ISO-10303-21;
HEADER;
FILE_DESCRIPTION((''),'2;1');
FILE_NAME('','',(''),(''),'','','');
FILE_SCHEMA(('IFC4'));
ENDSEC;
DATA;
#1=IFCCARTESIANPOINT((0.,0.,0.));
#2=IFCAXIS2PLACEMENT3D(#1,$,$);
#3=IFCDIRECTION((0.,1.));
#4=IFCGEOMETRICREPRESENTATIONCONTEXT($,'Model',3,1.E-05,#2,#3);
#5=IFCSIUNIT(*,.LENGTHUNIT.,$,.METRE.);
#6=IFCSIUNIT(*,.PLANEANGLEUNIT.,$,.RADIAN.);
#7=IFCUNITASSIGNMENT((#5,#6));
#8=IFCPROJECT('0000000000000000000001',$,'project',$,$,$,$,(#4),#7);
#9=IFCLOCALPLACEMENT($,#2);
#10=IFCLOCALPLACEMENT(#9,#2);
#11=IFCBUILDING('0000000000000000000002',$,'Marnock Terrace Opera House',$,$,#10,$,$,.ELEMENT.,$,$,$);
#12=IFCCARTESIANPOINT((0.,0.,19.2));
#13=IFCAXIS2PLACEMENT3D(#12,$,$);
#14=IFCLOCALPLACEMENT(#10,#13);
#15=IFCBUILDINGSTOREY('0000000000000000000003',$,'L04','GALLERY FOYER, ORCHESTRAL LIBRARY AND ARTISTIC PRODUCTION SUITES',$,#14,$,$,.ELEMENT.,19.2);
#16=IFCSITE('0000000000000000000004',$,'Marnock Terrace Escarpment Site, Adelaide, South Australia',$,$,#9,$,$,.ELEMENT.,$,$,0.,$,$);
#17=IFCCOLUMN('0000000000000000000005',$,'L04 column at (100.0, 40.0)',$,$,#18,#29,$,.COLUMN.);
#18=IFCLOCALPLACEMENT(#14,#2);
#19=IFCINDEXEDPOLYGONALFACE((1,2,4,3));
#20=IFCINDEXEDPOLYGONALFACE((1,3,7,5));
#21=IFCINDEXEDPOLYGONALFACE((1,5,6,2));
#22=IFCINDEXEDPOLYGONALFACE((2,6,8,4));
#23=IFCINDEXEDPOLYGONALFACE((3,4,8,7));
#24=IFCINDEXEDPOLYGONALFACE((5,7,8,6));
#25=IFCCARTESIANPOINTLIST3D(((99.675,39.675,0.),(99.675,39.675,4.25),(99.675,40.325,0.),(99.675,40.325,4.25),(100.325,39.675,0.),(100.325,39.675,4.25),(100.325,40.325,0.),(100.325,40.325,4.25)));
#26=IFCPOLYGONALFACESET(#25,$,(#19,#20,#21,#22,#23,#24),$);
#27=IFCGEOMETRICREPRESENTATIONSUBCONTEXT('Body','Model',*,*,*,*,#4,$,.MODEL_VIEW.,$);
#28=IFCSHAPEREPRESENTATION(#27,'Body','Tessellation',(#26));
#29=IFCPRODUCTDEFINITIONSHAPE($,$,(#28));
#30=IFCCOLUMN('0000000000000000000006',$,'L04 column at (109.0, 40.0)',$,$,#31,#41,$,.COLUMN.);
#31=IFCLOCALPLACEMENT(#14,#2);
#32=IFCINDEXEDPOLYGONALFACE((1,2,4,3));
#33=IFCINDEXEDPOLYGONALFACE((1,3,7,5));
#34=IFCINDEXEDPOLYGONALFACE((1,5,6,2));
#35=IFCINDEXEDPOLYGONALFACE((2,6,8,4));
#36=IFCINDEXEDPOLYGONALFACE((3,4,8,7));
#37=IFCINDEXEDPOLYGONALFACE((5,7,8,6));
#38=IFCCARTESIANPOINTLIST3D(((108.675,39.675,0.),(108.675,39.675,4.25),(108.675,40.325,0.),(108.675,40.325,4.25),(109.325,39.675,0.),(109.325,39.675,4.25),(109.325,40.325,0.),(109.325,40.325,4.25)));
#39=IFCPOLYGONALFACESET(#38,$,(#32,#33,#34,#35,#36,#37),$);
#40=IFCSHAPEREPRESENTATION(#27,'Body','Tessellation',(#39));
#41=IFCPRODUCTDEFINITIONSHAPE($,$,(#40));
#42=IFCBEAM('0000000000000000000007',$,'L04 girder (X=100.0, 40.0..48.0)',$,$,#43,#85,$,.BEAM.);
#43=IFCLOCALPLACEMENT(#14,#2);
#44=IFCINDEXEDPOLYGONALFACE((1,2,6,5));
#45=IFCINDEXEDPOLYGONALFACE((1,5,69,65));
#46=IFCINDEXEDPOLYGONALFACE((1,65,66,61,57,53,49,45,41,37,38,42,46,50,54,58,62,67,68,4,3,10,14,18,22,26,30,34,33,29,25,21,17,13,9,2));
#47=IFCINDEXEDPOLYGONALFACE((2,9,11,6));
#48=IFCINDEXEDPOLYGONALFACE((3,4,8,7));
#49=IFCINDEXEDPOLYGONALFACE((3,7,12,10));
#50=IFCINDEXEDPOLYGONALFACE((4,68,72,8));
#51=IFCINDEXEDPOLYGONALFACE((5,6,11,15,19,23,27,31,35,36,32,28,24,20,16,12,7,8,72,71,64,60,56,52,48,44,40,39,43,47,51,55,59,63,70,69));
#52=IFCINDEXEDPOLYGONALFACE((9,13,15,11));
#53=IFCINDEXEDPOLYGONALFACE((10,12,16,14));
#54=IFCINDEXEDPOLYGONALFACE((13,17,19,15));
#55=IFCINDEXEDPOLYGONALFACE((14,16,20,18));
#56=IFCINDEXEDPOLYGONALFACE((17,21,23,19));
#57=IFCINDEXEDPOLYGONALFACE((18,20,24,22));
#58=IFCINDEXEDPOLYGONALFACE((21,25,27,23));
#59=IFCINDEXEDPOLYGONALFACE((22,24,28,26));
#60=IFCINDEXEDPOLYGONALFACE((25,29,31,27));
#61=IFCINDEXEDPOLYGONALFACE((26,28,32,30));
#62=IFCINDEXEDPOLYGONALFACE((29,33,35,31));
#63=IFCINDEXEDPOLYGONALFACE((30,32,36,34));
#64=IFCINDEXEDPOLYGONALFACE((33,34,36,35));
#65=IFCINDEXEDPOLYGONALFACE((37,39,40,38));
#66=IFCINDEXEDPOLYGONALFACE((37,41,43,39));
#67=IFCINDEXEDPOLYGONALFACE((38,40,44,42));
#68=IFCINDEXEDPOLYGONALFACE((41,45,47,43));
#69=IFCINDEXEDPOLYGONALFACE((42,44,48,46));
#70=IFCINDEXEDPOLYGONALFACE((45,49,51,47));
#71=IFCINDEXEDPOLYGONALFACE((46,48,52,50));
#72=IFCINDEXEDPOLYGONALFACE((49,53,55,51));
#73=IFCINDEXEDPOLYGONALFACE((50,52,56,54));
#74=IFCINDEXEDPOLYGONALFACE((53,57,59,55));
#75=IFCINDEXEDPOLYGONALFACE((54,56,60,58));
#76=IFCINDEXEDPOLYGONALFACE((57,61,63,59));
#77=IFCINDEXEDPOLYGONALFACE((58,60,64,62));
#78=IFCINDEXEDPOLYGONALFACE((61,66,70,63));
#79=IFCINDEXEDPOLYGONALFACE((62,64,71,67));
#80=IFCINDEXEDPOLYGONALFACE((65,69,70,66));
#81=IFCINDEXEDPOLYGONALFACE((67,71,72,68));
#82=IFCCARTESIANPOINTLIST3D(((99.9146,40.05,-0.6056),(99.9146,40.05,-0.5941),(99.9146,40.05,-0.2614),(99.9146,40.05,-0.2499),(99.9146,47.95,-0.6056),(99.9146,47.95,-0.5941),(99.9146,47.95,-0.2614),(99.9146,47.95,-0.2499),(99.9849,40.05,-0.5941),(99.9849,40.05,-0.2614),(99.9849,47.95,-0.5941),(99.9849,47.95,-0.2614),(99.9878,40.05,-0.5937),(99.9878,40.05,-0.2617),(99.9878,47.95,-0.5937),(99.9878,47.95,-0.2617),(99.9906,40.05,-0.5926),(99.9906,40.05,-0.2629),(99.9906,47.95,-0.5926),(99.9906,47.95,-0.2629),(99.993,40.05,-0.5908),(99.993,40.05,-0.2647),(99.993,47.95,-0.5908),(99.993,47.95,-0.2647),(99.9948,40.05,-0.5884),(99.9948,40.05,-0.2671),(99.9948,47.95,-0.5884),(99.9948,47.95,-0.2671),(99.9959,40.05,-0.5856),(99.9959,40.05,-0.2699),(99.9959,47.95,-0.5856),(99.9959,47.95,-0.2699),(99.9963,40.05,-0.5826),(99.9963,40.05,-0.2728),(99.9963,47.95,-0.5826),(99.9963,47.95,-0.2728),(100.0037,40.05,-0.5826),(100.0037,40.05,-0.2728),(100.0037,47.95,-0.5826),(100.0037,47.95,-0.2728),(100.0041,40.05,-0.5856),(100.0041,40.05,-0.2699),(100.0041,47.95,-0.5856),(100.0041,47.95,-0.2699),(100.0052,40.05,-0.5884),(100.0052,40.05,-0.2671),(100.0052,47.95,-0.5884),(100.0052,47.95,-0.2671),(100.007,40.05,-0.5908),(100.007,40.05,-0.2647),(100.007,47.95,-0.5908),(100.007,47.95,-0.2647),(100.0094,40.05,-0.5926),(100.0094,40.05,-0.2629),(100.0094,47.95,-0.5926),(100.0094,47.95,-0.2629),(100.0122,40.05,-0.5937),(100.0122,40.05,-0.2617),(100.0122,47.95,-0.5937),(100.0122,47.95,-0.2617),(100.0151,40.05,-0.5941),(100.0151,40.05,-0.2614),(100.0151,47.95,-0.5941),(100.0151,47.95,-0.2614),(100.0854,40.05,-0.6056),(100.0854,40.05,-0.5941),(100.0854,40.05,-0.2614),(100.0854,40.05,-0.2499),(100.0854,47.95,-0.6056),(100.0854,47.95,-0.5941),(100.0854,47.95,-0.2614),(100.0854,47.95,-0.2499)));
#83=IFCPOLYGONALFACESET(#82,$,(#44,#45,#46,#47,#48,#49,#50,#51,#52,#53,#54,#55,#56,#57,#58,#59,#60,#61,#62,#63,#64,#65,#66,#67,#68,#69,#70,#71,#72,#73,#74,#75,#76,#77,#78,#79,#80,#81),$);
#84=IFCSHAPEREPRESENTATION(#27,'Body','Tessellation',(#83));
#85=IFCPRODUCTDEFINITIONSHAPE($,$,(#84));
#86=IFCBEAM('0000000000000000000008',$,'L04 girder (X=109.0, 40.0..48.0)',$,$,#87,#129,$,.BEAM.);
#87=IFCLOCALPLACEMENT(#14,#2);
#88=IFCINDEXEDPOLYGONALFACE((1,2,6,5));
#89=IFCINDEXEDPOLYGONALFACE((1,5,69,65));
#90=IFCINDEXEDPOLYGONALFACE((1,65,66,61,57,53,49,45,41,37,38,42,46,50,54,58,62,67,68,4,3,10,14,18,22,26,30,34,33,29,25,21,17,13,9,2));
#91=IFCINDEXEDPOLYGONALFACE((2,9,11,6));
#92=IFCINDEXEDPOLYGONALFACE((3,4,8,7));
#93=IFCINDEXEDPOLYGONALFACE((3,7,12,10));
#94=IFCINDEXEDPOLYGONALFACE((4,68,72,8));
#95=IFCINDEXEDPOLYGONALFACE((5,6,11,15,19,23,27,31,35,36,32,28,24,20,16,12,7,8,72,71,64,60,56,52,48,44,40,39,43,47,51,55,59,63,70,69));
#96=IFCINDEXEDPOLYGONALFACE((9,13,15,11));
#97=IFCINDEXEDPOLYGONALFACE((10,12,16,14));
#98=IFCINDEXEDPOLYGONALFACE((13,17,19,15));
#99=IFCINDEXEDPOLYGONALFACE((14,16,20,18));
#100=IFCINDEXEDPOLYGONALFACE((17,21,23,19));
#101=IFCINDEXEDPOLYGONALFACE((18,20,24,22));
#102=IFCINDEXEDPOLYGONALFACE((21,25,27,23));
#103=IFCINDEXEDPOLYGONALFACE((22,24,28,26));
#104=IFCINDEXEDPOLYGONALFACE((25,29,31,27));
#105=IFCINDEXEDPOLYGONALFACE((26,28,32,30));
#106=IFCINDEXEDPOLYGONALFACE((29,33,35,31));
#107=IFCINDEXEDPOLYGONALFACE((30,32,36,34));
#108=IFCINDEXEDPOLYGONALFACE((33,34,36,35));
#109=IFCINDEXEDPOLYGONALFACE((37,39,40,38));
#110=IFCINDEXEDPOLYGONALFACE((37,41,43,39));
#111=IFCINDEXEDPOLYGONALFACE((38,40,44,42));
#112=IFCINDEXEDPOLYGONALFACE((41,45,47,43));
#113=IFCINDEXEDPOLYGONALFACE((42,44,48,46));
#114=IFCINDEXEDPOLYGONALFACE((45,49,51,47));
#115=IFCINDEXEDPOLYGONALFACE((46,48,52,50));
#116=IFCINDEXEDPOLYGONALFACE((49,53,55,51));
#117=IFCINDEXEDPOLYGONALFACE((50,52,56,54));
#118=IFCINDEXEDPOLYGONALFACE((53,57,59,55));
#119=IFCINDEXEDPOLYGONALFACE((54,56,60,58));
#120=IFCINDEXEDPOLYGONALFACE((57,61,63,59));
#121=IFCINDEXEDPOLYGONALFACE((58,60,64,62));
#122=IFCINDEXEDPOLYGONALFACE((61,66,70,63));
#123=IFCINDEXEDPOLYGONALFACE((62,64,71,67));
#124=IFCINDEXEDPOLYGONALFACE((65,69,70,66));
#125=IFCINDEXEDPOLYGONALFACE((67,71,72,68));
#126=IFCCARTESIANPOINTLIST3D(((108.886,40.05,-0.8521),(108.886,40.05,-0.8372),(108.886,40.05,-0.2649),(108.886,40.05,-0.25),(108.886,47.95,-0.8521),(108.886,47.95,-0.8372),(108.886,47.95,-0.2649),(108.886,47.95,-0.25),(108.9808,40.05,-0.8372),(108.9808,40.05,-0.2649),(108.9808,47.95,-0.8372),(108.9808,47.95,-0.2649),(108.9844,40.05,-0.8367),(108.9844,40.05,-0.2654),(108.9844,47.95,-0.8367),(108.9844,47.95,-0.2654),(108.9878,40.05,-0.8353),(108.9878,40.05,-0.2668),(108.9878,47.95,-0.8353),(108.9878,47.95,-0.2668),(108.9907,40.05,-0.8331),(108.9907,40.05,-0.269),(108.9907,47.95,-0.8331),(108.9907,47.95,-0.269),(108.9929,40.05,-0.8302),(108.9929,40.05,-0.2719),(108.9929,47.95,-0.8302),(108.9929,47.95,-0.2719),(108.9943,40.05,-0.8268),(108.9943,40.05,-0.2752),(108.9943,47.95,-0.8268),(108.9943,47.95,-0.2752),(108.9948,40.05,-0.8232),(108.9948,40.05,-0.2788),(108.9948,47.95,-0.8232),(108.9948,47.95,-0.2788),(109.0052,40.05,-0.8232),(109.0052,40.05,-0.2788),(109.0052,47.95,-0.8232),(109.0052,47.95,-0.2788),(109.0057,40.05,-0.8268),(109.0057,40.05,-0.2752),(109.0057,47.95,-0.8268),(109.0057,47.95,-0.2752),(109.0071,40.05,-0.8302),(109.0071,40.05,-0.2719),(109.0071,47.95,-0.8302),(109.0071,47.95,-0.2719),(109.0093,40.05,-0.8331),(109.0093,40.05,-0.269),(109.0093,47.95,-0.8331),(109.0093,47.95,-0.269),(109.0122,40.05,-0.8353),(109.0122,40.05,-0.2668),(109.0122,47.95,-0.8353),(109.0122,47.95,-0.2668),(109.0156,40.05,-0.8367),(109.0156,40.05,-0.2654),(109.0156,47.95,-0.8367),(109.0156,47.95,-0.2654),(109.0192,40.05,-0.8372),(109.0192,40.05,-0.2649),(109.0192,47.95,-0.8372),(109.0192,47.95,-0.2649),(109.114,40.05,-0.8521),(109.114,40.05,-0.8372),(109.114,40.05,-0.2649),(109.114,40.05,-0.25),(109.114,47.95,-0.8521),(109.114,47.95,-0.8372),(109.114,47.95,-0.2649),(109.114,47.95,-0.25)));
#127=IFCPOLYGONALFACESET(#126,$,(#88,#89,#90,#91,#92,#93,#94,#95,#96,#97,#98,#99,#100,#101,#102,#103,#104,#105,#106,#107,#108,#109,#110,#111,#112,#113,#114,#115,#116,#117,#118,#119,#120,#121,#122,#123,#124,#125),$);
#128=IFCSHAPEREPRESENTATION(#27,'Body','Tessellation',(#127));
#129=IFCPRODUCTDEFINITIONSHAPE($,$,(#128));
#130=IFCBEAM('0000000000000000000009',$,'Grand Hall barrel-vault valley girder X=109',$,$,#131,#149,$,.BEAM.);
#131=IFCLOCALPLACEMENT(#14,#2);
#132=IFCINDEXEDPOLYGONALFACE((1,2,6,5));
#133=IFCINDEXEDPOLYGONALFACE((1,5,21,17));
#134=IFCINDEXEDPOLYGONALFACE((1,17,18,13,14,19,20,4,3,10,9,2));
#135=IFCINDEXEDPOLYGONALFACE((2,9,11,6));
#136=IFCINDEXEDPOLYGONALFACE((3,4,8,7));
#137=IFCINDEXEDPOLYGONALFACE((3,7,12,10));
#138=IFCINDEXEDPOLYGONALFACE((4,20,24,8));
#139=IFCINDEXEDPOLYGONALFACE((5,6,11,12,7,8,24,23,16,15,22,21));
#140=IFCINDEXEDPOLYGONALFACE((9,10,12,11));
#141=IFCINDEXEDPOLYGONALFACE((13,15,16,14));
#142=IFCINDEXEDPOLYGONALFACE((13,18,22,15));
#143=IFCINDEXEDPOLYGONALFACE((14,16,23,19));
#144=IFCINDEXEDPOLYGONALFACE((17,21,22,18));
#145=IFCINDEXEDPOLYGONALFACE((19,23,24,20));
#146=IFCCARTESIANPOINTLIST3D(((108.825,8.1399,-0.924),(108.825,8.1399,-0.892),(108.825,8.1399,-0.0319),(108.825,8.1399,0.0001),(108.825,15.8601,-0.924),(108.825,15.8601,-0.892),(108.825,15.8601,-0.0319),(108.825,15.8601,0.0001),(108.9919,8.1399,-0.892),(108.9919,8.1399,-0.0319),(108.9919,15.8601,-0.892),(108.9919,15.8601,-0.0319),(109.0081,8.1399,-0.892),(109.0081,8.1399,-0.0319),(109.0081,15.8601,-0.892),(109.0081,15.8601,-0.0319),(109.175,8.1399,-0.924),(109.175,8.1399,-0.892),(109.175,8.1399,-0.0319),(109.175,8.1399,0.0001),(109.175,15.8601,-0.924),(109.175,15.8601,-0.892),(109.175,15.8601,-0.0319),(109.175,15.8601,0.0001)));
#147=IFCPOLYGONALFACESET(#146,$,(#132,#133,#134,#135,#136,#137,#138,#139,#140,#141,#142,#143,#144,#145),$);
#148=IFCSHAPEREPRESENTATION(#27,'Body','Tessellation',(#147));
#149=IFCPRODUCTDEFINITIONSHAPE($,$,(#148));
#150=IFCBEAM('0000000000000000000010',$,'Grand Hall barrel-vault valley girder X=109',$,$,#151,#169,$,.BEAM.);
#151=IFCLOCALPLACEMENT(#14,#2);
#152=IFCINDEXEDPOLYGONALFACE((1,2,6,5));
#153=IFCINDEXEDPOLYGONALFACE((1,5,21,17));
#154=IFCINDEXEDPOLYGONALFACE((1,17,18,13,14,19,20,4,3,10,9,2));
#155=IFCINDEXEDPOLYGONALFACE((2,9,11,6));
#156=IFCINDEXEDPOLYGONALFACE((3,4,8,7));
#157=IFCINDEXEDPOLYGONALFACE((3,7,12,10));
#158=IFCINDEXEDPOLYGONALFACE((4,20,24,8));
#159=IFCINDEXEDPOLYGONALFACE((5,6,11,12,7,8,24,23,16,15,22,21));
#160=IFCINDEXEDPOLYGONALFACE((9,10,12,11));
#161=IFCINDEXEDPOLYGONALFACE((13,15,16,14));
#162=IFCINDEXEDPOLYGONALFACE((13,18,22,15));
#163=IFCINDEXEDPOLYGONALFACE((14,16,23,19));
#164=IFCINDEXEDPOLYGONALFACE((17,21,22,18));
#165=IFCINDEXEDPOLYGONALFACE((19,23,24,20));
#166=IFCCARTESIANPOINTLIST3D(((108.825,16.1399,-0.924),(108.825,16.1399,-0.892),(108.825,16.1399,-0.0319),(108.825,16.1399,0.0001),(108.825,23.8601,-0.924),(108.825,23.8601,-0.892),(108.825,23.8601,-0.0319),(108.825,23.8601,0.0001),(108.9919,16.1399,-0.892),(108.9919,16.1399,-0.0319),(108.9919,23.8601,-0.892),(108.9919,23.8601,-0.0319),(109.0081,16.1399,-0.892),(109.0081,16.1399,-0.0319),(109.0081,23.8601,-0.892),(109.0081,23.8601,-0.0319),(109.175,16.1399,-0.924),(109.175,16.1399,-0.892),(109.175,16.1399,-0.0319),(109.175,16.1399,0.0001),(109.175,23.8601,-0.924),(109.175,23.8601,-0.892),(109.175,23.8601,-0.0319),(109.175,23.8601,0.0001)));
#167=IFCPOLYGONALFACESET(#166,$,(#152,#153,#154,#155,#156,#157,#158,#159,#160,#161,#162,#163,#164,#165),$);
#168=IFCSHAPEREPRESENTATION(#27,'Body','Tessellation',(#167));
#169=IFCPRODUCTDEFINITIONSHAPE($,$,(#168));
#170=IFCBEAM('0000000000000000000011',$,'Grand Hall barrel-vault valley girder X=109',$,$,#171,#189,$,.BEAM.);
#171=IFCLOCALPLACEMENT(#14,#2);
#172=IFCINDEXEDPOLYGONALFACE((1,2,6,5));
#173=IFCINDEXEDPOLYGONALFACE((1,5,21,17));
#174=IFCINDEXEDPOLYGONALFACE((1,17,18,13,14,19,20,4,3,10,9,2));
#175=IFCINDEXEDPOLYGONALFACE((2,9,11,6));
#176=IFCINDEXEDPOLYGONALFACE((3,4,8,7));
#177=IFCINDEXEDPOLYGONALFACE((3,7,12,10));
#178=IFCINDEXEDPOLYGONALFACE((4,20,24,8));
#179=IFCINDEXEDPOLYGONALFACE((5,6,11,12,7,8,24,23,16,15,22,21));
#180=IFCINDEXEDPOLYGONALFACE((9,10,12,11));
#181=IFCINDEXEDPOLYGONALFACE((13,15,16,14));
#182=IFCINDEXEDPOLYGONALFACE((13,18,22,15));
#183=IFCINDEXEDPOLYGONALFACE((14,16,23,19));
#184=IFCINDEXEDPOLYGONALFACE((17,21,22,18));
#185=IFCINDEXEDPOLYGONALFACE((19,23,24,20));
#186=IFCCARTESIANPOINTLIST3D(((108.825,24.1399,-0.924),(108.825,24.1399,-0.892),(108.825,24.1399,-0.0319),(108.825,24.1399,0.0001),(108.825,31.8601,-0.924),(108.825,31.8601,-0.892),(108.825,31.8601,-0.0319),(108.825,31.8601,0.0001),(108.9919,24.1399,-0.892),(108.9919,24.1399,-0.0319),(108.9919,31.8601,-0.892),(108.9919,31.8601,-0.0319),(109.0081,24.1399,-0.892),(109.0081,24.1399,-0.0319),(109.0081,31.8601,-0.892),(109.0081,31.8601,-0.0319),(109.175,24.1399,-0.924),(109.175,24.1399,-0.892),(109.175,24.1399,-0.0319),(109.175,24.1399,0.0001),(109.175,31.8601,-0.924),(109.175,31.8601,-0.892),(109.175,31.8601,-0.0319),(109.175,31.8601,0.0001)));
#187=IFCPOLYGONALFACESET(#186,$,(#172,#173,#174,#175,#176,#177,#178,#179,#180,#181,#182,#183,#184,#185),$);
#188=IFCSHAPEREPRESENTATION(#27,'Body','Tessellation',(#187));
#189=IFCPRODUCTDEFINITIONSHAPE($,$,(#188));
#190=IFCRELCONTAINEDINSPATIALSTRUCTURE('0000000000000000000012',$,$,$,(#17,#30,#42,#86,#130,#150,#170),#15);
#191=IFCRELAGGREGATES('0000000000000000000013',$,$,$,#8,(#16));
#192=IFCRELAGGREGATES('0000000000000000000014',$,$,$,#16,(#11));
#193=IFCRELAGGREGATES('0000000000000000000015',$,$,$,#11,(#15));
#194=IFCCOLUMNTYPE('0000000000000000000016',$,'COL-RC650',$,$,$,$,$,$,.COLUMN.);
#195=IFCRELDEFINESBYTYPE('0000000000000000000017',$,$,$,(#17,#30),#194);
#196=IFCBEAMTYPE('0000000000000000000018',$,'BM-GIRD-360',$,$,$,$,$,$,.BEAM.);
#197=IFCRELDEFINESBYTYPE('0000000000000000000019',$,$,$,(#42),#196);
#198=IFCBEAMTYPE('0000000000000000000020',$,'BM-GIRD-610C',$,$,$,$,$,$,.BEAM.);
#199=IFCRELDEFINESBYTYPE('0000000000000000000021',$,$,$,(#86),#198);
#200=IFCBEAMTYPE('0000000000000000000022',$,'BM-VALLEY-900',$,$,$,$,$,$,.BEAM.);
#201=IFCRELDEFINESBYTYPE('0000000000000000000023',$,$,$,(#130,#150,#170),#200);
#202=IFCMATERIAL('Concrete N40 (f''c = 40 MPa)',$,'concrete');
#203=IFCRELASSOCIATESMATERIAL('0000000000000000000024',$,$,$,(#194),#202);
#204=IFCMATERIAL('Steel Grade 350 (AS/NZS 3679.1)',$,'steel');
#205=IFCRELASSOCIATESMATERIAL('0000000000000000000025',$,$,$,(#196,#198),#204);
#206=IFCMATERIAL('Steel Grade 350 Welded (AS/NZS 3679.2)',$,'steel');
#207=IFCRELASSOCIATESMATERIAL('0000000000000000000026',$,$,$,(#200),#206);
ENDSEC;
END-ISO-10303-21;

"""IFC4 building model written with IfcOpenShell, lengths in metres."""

from ifc_helpers import new_model, si_unit, direction, frame, origin, origin_2d, place, context, subcontext, project, spatial, rectangle, i_section, extrude, material, material_profile, profile_set, type_object, element, save


model = new_model("IFC4")

# Units and contexts
model_context = context("Model", 3, precision=1e-05, world=origin(), true_north=direction((0.0, 1.0)))
body_context = subcontext(model_context, "Body", "Model", "MODEL_VIEW")
ifc_project = project(units=[si_unit("LENGTHUNIT", "METRE"), si_unit("PLANEANGLEUNIT", "RADIAN")], contexts=[model_context])

# Site, building, storey
site_placement = place(None, origin())
site = spatial("IfcSite", under=ifc_project, at=site_placement, Name="Marnock Terrace Escarpment Site, Adelaide, South Australia", CompositionType="ELEMENT", RefElevation=0.0)
building_placement = place(site_placement, origin())
building = spatial("IfcBuilding", under=site, at=building_placement, Name="Marnock Terrace Opera House", CompositionType="ELEMENT")
storey_placement = place(building_placement, frame((0.0, 0.0, 19.2)))
storey = spatial("IfcBuildingStorey", under=building, at=storey_placement, Name="L04", Description="GALLERY FOYER, ORCHESTRAL LIBRARY AND ARTISTIC PRODUCTION SUITES", CompositionType="ELEMENT", Elevation=19.2)

# Columns
ifc_material_1 = material(Name="Concrete N40 (f'c = 40 MPa)", Category="concrete")
ifc_material_profile_1 = material_profile(ifc_material_1, rectangle(XDim=0.6499, YDim=0.6499, at=origin_2d()))
ifc_profile_set_1 = profile_set([ifc_material_profile_1], Name="Concrete N40 (f'c = 40 MPa)")
column_type = type_object("IfcColumnType", Name="COL-RC650", PredefinedType="COLUMN", material=ifc_profile_set_1)
for number, where, z_axis, x_axis, name in (
    (1, (100.0, 40.0, 0.0), (0.0, 0.0, 1.0), (1.0, 0.0, 0.0), "L04 column at (100.0, 40.0)"),
    (2, (109.0, 40.0, 0.0), (0.0, 0.0, 1.0), (1.0, 0.0, 0.0), "L04 column at (109.0, 40.0)"),
):
    element("IfcColumn", number, at=place(storey_placement, frame(where, z_axis=z_axis, x_axis=x_axis)), inside=storey, type_object=column_type, Name=name, PredefinedType="COLUMN", context=body_context, shape_type="SweptSolid", body=[
        extrude(rectangle(XDim=0.6499, YDim=0.6499, at=origin_2d()), origin(), (0.0, 0.0, 1.0), 4.25),
    ])

# Beams
ifc_material_2 = material(Name="Steel Grade 350 (AS/NZS 3679.1)", Category="steel")
ifc_material_profile_2 = material_profile(ifc_material_2, i_section(OverallWidth=0.1709, OverallDepth=0.3557, WebThickness=0.0073, FlangeThickness=0.0115, FilletRadius=0.0115, at=origin_2d()))
ifc_profile_set_2 = profile_set([ifc_material_profile_2], Name="Steel Grade 350 (AS/NZS 3679.1)")
beam_type_1 = type_object("IfcBeamType", Name="BM-GIRD-360", PredefinedType="BEAM", material=ifc_profile_set_2)
beam_1_placement = place(storey_placement, frame((100.0, 40.05, -0.4277), z_axis=(0.0, 1.0, 0.0), x_axis=(-1.0, 0.0, 0.0)))
element("IfcBeam", 3, at=beam_1_placement, inside=storey, type_object=beam_type_1, Name="L04 girder (X=100.0, 40.0..48.0)", PredefinedType="BEAM", context=body_context, shape_type="SweptSolid", body=[
    extrude(i_section(OverallWidth=0.1709, OverallDepth=0.3557, WebThickness=0.0073, FlangeThickness=0.0115, FilletRadius=0.0115, at=origin_2d()), origin(), (0.0, 0.0, 1.0), 7.8999),
])
ifc_material_profile_3 = material_profile(ifc_material_2, i_section(OverallWidth=0.228, OverallDepth=0.6021, WebThickness=0.0105, FlangeThickness=0.0149, FilletRadius=0.0139, at=origin_2d()))
ifc_profile_set_3 = profile_set([ifc_material_profile_3], Name="Steel Grade 350 (AS/NZS 3679.1)")
beam_type_2 = type_object("IfcBeamType", Name="BM-GIRD-610C", PredefinedType="BEAM", material=ifc_profile_set_3)
beam_2_placement = place(storey_placement, frame((109.0, 40.05, -0.551), z_axis=(0.0, 1.0, 0.0), x_axis=(-1.0, 0.0, 0.0)))
element("IfcBeam", 4, at=beam_2_placement, inside=storey, type_object=beam_type_2, Name="L04 girder (X=109.0, 40.0..48.0)", PredefinedType="BEAM", context=body_context, shape_type="SweptSolid", body=[
    extrude(i_section(OverallWidth=0.228, OverallDepth=0.6021, WebThickness=0.0105, FlangeThickness=0.0149, FilletRadius=0.0139, at=origin_2d()), origin(), (0.0, 0.0, 1.0), 7.8999),
])
ifc_material_3 = material(Name="Steel Grade 350 Welded (AS/NZS 3679.2)", Category="steel")
ifc_material_profile_4 = material_profile(ifc_material_3, i_section(OverallWidth=0.3501, OverallDepth=0.9241, WebThickness=0.0161, FlangeThickness=0.032, at=origin_2d()))
ifc_profile_set_4 = profile_set([ifc_material_profile_4], Name="Steel Grade 350 Welded (AS/NZS 3679.2)")
beam_type_3 = type_object("IfcBeamType", Name="BM-VALLEY-900", PredefinedType="BEAM", material=ifc_profile_set_4)
for number, where, z_axis, x_axis, name in (
    (5, (109.0, 8.1399, -0.4619), (0.0, 1.0, 0.0), (-1.0, 0.0, 0.0), "Grand Hall barrel-vault valley girder X=109"),
    (6, (109.0, 16.1399, -0.4619), (0.0, 1.0, 0.0), (-1.0, 0.0, 0.0), "Grand Hall barrel-vault valley girder X=109"),
    (7, (109.0, 24.1399, -0.4619), (0.0, 1.0, 0.0), (-1.0, 0.0, 0.0), "Grand Hall barrel-vault valley girder X=109"),
):
    element("IfcBeam", number, at=place(storey_placement, frame(where, z_axis=z_axis, x_axis=x_axis)), inside=storey, type_object=beam_type_3, Name=name, PredefinedType="BEAM", context=body_context, shape_type="SweptSolid", body=[
        extrude(i_section(OverallWidth=0.3501, OverallDepth=0.9241, WebThickness=0.0161, FlangeThickness=0.032, at=origin_2d()), origin(), (0.0, 0.0, 1.0), 7.7202),
    ])

save(model, "model.ifc")
